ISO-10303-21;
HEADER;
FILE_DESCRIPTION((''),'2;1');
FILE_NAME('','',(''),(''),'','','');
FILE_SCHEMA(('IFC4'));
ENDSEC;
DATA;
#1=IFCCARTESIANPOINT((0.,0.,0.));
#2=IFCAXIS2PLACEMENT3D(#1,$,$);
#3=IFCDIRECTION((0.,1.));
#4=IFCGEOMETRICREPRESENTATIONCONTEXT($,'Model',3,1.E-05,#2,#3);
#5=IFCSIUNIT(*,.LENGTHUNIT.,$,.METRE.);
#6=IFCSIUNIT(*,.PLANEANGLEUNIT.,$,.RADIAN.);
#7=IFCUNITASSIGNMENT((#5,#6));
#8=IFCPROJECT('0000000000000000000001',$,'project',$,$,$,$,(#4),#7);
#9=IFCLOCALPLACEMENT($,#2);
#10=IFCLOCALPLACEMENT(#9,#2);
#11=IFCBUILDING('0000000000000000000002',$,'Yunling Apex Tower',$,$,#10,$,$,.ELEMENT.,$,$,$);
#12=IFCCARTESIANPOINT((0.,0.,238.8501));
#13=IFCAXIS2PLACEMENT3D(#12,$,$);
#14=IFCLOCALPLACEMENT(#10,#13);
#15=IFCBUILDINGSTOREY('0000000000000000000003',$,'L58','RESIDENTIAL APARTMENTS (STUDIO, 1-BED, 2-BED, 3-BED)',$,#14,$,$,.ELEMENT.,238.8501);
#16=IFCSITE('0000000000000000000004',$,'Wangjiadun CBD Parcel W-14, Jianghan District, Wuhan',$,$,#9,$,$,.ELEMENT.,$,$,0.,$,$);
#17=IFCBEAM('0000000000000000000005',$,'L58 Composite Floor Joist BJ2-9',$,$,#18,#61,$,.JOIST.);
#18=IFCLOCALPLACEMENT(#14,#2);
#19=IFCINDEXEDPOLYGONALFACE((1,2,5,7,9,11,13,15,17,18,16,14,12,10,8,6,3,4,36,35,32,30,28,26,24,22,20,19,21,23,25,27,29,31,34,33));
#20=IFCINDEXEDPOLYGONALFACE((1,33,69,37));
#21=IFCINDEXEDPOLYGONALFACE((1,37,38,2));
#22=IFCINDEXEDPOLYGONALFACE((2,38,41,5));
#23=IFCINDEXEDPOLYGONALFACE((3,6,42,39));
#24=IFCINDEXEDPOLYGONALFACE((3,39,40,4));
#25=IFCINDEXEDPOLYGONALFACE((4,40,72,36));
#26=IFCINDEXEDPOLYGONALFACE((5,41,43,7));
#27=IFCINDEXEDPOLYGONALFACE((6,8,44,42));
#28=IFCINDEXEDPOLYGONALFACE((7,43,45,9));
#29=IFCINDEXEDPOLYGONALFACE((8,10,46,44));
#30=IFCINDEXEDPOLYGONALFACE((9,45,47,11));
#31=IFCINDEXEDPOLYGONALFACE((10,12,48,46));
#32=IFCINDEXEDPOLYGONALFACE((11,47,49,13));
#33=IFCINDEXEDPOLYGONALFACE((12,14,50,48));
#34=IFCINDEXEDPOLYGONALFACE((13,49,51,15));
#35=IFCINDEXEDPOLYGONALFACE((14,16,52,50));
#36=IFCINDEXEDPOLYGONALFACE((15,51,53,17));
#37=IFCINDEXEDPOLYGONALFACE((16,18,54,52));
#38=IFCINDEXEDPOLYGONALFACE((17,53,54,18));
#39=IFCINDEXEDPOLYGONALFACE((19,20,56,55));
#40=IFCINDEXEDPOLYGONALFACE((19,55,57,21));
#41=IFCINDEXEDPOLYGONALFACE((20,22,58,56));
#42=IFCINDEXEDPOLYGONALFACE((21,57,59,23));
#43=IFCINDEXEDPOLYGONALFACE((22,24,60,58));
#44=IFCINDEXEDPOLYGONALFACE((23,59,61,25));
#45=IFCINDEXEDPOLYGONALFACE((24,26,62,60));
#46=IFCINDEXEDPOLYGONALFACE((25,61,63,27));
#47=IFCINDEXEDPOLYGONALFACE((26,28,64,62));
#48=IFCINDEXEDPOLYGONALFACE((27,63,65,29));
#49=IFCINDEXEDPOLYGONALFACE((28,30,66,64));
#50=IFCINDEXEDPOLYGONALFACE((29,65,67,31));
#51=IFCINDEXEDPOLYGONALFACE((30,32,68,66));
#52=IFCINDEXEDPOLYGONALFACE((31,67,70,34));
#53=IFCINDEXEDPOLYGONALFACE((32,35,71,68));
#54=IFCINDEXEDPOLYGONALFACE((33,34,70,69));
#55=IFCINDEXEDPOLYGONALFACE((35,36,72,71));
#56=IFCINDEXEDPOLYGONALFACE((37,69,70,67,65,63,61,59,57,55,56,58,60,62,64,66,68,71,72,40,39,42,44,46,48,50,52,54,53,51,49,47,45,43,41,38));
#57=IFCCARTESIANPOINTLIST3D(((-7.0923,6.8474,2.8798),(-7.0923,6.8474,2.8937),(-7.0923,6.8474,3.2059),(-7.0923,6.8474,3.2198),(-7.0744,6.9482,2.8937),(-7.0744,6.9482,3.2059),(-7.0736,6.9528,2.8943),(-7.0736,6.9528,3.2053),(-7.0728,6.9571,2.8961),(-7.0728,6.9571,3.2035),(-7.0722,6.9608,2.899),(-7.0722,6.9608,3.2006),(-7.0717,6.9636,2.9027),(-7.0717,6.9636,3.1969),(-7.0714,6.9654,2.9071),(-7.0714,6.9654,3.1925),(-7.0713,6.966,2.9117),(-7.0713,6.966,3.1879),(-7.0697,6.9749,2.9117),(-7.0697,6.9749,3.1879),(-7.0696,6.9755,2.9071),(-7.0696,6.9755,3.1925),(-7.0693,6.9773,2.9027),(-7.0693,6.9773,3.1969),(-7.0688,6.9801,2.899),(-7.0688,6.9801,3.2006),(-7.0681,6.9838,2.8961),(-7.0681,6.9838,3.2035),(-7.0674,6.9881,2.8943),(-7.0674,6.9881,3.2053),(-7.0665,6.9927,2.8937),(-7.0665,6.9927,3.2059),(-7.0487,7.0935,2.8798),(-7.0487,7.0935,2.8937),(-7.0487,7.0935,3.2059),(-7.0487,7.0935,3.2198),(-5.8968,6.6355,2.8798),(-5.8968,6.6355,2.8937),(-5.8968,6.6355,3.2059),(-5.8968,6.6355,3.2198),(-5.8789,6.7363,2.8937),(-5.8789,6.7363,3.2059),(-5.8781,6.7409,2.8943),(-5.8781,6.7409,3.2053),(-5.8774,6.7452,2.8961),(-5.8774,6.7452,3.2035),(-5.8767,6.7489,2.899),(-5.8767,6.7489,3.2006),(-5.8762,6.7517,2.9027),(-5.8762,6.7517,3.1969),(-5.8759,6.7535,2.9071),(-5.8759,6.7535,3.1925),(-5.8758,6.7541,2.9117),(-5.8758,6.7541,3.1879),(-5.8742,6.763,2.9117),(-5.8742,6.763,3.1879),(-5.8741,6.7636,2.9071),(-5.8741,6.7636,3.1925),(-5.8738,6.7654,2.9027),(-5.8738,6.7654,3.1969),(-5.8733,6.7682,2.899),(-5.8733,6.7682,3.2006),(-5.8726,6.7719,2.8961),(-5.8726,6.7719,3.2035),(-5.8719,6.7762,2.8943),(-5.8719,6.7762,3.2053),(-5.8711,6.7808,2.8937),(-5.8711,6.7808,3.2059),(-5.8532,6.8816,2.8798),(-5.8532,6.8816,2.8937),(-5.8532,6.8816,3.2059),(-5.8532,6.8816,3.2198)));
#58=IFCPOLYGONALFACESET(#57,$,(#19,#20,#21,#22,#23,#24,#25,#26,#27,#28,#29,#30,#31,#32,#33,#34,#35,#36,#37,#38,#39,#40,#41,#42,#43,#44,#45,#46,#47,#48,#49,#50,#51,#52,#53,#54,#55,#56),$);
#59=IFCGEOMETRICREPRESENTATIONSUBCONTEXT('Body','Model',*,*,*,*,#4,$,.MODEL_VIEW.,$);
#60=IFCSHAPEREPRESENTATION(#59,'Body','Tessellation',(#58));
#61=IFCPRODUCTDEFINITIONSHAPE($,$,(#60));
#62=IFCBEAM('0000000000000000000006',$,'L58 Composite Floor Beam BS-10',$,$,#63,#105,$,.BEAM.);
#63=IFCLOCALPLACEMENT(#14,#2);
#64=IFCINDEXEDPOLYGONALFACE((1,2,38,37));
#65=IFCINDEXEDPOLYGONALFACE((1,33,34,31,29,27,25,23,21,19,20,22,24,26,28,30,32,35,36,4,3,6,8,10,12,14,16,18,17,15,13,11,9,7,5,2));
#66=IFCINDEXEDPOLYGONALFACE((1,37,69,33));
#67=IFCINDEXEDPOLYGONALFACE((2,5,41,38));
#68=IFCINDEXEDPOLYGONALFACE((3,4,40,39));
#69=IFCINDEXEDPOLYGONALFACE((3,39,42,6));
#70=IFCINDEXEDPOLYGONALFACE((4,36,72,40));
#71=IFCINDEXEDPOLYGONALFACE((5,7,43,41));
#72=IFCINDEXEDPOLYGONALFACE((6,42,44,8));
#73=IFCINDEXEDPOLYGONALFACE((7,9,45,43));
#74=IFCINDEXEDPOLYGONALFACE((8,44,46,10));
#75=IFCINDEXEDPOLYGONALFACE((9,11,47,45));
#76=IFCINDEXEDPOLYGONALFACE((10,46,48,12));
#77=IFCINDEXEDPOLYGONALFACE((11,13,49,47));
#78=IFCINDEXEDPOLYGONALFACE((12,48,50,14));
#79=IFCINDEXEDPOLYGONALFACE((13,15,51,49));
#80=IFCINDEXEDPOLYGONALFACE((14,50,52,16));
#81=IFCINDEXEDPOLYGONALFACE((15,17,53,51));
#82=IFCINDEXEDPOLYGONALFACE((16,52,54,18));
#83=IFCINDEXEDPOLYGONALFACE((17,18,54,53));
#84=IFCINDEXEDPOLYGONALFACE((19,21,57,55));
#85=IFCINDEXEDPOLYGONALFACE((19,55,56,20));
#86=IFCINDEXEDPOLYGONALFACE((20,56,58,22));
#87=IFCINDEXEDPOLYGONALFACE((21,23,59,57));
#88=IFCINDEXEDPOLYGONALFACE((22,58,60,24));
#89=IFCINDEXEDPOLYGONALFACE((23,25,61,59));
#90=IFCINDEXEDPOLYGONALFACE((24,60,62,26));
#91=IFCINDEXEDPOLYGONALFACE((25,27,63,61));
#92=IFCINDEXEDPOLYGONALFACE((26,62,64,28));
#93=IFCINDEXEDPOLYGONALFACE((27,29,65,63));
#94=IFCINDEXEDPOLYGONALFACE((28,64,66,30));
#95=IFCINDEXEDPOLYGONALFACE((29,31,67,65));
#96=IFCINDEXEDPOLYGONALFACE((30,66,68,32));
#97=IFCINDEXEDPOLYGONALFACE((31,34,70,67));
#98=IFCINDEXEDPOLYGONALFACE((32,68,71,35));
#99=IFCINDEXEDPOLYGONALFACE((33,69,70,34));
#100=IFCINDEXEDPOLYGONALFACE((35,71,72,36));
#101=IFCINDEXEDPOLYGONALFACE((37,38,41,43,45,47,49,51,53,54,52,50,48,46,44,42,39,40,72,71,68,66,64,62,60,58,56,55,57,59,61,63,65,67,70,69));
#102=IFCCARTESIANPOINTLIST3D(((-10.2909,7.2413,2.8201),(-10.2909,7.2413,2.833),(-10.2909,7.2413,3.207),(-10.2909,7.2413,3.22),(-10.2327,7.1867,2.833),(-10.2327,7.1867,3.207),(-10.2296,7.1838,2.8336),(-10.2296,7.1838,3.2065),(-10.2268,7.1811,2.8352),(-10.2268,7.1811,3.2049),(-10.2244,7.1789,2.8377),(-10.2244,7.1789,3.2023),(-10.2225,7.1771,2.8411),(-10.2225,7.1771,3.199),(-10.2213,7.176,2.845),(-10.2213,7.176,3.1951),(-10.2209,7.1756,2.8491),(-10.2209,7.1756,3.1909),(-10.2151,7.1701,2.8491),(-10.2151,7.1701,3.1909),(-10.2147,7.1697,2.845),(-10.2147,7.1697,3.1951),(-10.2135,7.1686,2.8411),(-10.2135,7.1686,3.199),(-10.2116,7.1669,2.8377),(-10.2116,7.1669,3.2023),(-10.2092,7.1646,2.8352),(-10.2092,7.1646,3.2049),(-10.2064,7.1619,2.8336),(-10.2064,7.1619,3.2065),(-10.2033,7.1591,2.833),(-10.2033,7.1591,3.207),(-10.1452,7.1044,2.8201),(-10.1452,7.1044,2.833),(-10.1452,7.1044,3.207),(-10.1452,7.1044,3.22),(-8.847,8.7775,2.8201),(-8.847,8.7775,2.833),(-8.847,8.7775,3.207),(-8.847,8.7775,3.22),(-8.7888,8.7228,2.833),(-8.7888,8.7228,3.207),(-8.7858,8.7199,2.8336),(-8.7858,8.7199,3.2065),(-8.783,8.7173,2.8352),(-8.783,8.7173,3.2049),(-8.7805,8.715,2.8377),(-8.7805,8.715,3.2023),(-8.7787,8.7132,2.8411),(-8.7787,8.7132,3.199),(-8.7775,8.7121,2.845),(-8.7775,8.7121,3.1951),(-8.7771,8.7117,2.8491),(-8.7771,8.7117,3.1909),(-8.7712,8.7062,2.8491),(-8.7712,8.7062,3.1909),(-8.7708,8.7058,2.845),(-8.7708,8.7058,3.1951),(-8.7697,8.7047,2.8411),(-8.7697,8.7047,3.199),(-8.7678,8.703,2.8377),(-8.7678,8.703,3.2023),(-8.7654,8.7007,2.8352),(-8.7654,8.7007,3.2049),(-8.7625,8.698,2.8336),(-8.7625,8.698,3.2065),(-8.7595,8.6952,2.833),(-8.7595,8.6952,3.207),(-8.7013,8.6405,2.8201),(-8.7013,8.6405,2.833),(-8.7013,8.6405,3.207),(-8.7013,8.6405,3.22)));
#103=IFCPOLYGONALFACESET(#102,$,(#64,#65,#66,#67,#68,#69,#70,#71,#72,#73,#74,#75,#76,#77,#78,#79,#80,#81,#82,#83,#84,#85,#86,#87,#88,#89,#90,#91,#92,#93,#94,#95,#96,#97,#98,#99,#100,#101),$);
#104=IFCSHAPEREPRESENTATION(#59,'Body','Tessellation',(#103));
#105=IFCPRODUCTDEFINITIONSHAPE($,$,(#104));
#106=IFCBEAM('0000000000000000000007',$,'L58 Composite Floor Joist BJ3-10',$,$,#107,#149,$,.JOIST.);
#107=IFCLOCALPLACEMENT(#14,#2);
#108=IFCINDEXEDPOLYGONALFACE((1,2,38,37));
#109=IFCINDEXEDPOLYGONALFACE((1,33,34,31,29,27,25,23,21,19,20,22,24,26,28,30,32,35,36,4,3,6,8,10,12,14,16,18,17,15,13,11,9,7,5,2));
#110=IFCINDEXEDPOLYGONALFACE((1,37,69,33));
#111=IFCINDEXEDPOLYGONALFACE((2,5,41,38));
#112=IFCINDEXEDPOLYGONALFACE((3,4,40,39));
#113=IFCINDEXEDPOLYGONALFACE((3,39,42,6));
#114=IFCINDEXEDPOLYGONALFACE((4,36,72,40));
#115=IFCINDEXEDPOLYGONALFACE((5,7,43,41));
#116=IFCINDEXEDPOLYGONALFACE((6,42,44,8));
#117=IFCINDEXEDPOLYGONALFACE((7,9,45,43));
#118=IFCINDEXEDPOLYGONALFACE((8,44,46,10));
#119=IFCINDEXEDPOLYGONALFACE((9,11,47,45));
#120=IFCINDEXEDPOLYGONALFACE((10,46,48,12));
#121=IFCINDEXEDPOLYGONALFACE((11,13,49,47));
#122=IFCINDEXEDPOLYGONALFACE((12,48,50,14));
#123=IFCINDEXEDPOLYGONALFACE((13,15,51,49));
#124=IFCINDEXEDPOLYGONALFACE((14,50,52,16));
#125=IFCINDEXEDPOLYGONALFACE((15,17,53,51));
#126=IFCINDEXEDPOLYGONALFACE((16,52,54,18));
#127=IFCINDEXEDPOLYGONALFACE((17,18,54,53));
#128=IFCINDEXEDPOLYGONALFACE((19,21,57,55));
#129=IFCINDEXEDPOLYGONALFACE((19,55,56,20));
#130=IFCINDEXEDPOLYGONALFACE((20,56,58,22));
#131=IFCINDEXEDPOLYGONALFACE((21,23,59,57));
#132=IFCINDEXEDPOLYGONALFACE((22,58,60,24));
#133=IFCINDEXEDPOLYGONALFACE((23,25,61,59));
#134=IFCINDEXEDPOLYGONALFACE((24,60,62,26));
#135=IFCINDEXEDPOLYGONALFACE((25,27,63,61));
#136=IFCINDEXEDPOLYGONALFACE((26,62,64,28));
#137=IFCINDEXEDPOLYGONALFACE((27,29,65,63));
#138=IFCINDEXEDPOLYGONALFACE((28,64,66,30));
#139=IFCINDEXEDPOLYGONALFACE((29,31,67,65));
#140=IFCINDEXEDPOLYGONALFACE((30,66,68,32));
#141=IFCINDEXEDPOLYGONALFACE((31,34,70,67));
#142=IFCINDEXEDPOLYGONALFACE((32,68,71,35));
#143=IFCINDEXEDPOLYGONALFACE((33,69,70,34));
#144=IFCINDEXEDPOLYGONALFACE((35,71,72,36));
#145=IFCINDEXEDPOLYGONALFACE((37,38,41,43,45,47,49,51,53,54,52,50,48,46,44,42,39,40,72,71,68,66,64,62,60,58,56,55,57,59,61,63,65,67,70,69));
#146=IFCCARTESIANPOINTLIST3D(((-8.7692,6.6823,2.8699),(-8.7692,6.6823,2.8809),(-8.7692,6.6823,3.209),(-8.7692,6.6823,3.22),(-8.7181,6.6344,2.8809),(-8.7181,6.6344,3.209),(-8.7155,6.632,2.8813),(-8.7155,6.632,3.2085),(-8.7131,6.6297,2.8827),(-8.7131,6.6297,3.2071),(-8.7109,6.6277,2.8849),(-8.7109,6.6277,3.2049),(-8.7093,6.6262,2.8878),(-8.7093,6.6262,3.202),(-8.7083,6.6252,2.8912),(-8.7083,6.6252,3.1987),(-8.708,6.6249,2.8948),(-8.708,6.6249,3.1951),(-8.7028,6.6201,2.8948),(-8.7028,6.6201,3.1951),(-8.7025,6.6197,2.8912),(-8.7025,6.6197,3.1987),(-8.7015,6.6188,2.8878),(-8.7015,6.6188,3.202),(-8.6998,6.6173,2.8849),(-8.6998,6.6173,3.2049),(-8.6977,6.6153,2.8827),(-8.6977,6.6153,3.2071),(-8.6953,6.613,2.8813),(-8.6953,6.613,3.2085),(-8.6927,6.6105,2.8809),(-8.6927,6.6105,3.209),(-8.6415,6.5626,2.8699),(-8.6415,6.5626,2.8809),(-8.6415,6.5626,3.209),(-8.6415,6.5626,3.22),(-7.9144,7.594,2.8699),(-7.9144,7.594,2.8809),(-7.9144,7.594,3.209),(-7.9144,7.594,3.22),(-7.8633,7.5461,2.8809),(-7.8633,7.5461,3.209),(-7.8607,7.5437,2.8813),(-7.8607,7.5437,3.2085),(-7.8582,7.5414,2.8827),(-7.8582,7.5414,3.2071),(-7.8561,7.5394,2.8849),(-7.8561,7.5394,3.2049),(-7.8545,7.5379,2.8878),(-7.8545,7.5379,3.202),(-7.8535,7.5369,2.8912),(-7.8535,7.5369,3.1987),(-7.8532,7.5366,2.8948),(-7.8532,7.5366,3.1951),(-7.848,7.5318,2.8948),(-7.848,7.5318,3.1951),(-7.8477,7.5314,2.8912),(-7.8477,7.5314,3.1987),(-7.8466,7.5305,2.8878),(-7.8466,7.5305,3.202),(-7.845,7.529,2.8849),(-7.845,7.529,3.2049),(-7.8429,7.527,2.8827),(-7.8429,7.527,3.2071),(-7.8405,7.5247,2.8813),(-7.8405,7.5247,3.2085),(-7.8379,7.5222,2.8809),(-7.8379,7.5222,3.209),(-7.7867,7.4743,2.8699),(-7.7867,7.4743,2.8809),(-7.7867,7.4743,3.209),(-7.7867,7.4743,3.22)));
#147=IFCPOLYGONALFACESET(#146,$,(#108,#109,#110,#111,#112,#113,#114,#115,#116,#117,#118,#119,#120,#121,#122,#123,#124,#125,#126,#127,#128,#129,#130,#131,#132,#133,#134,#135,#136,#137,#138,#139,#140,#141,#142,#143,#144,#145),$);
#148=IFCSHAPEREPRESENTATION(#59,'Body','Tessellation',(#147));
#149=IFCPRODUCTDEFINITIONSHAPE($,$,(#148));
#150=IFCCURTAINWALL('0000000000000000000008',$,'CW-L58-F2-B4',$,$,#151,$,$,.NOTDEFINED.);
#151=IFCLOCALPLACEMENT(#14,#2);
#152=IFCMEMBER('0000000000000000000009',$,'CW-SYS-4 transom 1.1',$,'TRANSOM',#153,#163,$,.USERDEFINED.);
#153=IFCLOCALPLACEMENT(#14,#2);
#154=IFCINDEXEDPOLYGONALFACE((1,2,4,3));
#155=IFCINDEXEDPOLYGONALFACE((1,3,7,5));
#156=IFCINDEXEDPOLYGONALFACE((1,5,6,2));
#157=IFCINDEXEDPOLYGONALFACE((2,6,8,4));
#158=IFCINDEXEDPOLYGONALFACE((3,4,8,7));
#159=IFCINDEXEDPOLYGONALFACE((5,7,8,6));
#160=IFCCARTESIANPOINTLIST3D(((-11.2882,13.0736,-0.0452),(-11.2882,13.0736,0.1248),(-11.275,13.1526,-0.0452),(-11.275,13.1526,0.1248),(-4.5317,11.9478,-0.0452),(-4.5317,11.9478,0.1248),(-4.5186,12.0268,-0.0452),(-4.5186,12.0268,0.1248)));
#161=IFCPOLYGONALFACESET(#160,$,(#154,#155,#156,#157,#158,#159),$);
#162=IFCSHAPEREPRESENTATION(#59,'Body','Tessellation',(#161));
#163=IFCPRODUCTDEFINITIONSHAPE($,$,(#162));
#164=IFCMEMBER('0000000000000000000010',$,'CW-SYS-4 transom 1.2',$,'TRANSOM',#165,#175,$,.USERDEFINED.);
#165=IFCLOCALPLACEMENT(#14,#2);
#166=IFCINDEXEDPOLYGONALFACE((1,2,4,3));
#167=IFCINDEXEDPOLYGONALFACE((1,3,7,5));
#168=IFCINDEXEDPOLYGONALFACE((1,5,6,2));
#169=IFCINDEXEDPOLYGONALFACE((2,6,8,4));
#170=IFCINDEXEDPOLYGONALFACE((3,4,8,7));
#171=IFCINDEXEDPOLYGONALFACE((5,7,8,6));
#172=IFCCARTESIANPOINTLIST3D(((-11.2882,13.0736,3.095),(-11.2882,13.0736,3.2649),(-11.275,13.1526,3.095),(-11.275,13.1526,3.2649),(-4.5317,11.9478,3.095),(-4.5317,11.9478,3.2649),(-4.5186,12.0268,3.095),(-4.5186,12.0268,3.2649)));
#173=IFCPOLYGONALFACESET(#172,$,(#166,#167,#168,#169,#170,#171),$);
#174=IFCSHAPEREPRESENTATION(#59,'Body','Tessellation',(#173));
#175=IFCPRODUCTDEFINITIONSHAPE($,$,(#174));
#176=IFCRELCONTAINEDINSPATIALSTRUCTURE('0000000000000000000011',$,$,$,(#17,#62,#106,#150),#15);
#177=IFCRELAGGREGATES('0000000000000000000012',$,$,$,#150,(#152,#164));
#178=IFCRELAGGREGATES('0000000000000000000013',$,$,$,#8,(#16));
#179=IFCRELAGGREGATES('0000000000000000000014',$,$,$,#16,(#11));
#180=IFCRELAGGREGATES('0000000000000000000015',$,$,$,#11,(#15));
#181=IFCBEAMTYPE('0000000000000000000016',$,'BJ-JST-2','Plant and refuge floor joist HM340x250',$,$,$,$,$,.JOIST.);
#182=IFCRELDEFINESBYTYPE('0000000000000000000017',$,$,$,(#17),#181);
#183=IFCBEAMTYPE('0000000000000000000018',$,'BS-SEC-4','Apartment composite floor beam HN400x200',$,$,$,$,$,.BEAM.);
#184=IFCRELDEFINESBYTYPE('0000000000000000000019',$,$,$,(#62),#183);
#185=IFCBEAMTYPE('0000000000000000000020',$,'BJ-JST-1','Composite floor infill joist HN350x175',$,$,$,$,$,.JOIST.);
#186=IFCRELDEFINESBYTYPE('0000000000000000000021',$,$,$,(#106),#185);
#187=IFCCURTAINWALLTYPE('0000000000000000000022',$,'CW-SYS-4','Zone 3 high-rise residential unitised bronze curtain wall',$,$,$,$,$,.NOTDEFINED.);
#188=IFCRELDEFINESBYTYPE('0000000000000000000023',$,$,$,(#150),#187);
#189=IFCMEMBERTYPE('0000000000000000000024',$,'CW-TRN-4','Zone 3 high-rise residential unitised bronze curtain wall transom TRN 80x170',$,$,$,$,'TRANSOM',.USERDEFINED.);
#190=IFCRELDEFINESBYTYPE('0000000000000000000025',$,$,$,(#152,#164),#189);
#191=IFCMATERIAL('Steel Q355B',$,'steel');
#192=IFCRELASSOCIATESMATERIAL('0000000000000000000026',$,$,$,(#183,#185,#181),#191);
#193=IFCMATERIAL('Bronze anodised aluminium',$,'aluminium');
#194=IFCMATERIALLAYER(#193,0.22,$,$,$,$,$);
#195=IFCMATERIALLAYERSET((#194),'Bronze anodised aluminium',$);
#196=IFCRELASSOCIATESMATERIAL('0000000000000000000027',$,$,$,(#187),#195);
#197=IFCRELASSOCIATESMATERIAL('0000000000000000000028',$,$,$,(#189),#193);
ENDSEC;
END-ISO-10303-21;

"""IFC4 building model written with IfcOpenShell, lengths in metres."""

from ifc_helpers import new_model, si_unit, direction, frame, origin, origin_2d, place, context, subcontext, project, spatial, rectangle, i_section, extrude, source, transform, mapped, material, layer, layer_set, material_profile, profile_set, type_object, element, aggregate, save


model = new_model("IFC4")

# Units and contexts
model_context = context("Model", 3, precision=1e-05, world=origin(), true_north=direction((0.0, 1.0)))
body_context = subcontext(model_context, "Body", "Model", "MODEL_VIEW")
ifc_project = project(units=[si_unit("LENGTHUNIT", "METRE"), si_unit("PLANEANGLEUNIT", "RADIAN")], contexts=[model_context])

# Site, building, storey
site_placement = place(None, origin())
site = spatial("IfcSite", under=ifc_project, at=site_placement, Name="Wangjiadun CBD Parcel W-14, Jianghan District, Wuhan", CompositionType="ELEMENT", RefElevation=0.0)
building_placement = place(site_placement, origin())
building = spatial("IfcBuilding", under=site, at=building_placement, Name="Yunling Apex Tower", CompositionType="ELEMENT")
storey_placement = place(building_placement, frame((0.0, 0.0, 238.8501)))
storey = spatial("IfcBuildingStorey", under=building, at=storey_placement, Name="L58", Description="RESIDENTIAL APARTMENTS (STUDIO, 1-BED, 2-BED, 3-BED)", CompositionType="ELEMENT", Elevation=238.8501)

# Beams
ifc_material_1 = material(Name="Steel Q355B", Category="steel")
ifc_material_profile_1 = material_profile(ifc_material_1, i_section(OverallWidth=0.2, OverallDepth=0.3999, WebThickness=0.0081, FlangeThickness=0.0129, FilletRadius=0.0161, at=origin_2d()))
ifc_profile_set_1 = profile_set([ifc_material_profile_1], Name="Steel Q355B")
beam_type_1 = type_object("IfcBeamType", Name="BS-SEC-4", Description="Apartment composite floor beam HN400x200", PredefinedType="BEAM", material=ifc_profile_set_1)
ifc_material_profile_2 = material_profile(ifc_material_1, i_section(OverallWidth=0.175, OverallDepth=0.3501, WebThickness=0.0071, FlangeThickness=0.011, FilletRadius=0.0139, at=origin_2d()))
ifc_profile_set_2 = profile_set([ifc_material_profile_2], Name="Steel Q355B")
beam_type_2 = type_object("IfcBeamType", Name="BJ-JST-1", Description="Composite floor infill joist HN350x175", PredefinedType="JOIST", material=ifc_profile_set_2)
ifc_material_profile_3 = material_profile(ifc_material_1, i_section(OverallWidth=0.25, OverallDepth=0.3401, WebThickness=0.009, FlangeThickness=0.0139, FilletRadius=0.0181, at=origin_2d()))
ifc_profile_set_3 = profile_set([ifc_material_profile_3], Name="Steel Q355B")
beam_type_3 = type_object("IfcBeamType", Name="BJ-JST-2", Description="Plant and refuge floor joist HM340x250", PredefinedType="JOIST", material=ifc_profile_set_3)
shared_shape_1 = source(origin(), body_context, "Body", "SweptSolid", [
    extrude(i_section(OverallWidth=0.25, OverallDepth=0.3401, WebThickness=0.009, FlangeThickness=0.0139, FilletRadius=0.0181, at=origin_2d()), origin(), (0.0, 0.0, 1.0), 1.2141),
])
beam_1_placement = place(storey_placement, frame((-5.875, 6.7585, 3.0498), z_axis=(-0.984652, 0.174531, 0.0), x_axis=(-0.174531, -0.984652, 0.0)))
element("IfcBeam", 1, at=beam_1_placement, inside=storey, type_object=beam_type_3, Name="L58 Composite Floor Joist BJ2-9", PredefinedType="JOIST", context=body_context, shape_type="MappedRepresentation", body=[
    mapped(shared_shape_1, transform((0.0, 0.0, 0.0), scale=1.0)),
])
shared_shape_2 = source(origin(), body_context, "Body", "SweptSolid", [
    extrude(i_section(OverallWidth=0.2, OverallDepth=0.3999, WebThickness=0.0081, FlangeThickness=0.0129, FilletRadius=0.0161, at=origin_2d()), origin(), (0.0, 0.0, 1.0), 2.1082),
])
beam_2_placement = place(storey_placement, frame((-8.7742, 8.709, 3.02), z_axis=(-0.68488, -0.728655, 0.0), x_axis=(0.728655, -0.68488, 0.0)))
element("IfcBeam", 2, at=beam_2_placement, inside=storey, type_object=beam_type_1, Name="L58 Composite Floor Beam BS-10", PredefinedType="BEAM", context=body_context, shape_type="MappedRepresentation", body=[
    mapped(shared_shape_2, transform((0.0, 0.0, 0.0), scale=1.0)),
])
shared_shape_3 = source(origin(), body_context, "Body", "SweptSolid", [
    extrude(i_section(OverallWidth=0.175, OverallDepth=0.3501, WebThickness=0.0071, FlangeThickness=0.011, FilletRadius=0.0139, at=origin_2d()), origin(), (0.0, 0.0, 1.0), 1.2498),
])
beam_3_placement = place(storey_placement, frame((-7.8506, 7.5342, 3.0449), z_axis=(-0.68398, -0.729501, 0.0), x_axis=(0.729501, -0.68398, 0.0)))
element("IfcBeam", 3, at=beam_3_placement, inside=storey, type_object=beam_type_2, Name="L58 Composite Floor Joist BJ3-10", PredefinedType="JOIST", context=body_context, shape_type="MappedRepresentation", body=[
    mapped(shared_shape_3, transform((0.0, 0.0, 0.0), scale=1.0)),
])

# Curtain wall, members
ifc_material_2 = material(Name="Bronze anodised aluminium", Category="aluminium")
ifc_layer_1 = layer(ifc_material_2, 0.22)
ifc_layer_set_1 = layer_set([ifc_layer_1], Name="Bronze anodised aluminium")
curtain_wall_type = type_object("IfcCurtainWallType", Name="CW-SYS-4", Description="Zone 3 high-rise residential unitised bronze curtain wall", PredefinedType="NOTDEFINED", material=ifc_layer_set_1)
curtain_wall_1_placement = place(storey_placement, origin())
curtain_wall_1 = element("IfcCurtainWall", 4, at=curtain_wall_1_placement, inside=storey, type_object=curtain_wall_type, Name="CW-L58-F2-B4", PredefinedType="NOTDEFINED")
ifc_material_profile_4 = material_profile(ifc_material_2, rectangle(XDim=0.0801, YDim=0.1699, at=origin_2d()))
ifc_profile_set_4 = profile_set([ifc_material_profile_4], Name="Bronze anodised aluminium")
member_type_1 = type_object("IfcMemberType", Name="CW-TRN-4", Description="Zone 3 high-rise residential unitised bronze curtain wall transom TRN 80x170", ElementType="TRANSOM", PredefinedType="USERDEFINED", material=ifc_profile_set_4)
shared_shape_4 = source(origin(), body_context, "Body", "SweptSolid", [
    extrude(rectangle(XDim=0.0801, YDim=0.1699, at=origin_2d()), origin(), (0.0, 0.0, 1.0), 6.8496),
])
member_1_placement = place(storey_placement, frame((-4.5251, 11.9873, 0.0398), z_axis=(-0.986402, 0.164353, 0.0), x_axis=(-0.164353, -0.986402, 0.0)))
member_1 = element("IfcMember", 5, at=member_1_placement, type_object=member_type_1, Name="CW-SYS-4 transom 1.1", ObjectType="TRANSOM", PredefinedType="USERDEFINED", context=body_context, shape_type="MappedRepresentation", body=[
    mapped(shared_shape_4, transform((0.0, 0.0, 0.0), scale=1.0)),
])
member_2_placement = place(storey_placement, frame((-4.5251, 11.9873, 3.1799), z_axis=(-0.986402, 0.164353, 0.0), x_axis=(-0.164353, -0.986402, 0.0)))
member_2 = element("IfcMember", 6, at=member_2_placement, type_object=member_type_1, Name="CW-SYS-4 transom 1.2", ObjectType="TRANSOM", PredefinedType="USERDEFINED", context=body_context, shape_type="MappedRepresentation", body=[
    mapped(shared_shape_4, transform((0.0, 0.0, 0.0), scale=1.0)),
])

aggregate(curtain_wall_1, [member_1, member_2])

save(model, "model.ifc")
